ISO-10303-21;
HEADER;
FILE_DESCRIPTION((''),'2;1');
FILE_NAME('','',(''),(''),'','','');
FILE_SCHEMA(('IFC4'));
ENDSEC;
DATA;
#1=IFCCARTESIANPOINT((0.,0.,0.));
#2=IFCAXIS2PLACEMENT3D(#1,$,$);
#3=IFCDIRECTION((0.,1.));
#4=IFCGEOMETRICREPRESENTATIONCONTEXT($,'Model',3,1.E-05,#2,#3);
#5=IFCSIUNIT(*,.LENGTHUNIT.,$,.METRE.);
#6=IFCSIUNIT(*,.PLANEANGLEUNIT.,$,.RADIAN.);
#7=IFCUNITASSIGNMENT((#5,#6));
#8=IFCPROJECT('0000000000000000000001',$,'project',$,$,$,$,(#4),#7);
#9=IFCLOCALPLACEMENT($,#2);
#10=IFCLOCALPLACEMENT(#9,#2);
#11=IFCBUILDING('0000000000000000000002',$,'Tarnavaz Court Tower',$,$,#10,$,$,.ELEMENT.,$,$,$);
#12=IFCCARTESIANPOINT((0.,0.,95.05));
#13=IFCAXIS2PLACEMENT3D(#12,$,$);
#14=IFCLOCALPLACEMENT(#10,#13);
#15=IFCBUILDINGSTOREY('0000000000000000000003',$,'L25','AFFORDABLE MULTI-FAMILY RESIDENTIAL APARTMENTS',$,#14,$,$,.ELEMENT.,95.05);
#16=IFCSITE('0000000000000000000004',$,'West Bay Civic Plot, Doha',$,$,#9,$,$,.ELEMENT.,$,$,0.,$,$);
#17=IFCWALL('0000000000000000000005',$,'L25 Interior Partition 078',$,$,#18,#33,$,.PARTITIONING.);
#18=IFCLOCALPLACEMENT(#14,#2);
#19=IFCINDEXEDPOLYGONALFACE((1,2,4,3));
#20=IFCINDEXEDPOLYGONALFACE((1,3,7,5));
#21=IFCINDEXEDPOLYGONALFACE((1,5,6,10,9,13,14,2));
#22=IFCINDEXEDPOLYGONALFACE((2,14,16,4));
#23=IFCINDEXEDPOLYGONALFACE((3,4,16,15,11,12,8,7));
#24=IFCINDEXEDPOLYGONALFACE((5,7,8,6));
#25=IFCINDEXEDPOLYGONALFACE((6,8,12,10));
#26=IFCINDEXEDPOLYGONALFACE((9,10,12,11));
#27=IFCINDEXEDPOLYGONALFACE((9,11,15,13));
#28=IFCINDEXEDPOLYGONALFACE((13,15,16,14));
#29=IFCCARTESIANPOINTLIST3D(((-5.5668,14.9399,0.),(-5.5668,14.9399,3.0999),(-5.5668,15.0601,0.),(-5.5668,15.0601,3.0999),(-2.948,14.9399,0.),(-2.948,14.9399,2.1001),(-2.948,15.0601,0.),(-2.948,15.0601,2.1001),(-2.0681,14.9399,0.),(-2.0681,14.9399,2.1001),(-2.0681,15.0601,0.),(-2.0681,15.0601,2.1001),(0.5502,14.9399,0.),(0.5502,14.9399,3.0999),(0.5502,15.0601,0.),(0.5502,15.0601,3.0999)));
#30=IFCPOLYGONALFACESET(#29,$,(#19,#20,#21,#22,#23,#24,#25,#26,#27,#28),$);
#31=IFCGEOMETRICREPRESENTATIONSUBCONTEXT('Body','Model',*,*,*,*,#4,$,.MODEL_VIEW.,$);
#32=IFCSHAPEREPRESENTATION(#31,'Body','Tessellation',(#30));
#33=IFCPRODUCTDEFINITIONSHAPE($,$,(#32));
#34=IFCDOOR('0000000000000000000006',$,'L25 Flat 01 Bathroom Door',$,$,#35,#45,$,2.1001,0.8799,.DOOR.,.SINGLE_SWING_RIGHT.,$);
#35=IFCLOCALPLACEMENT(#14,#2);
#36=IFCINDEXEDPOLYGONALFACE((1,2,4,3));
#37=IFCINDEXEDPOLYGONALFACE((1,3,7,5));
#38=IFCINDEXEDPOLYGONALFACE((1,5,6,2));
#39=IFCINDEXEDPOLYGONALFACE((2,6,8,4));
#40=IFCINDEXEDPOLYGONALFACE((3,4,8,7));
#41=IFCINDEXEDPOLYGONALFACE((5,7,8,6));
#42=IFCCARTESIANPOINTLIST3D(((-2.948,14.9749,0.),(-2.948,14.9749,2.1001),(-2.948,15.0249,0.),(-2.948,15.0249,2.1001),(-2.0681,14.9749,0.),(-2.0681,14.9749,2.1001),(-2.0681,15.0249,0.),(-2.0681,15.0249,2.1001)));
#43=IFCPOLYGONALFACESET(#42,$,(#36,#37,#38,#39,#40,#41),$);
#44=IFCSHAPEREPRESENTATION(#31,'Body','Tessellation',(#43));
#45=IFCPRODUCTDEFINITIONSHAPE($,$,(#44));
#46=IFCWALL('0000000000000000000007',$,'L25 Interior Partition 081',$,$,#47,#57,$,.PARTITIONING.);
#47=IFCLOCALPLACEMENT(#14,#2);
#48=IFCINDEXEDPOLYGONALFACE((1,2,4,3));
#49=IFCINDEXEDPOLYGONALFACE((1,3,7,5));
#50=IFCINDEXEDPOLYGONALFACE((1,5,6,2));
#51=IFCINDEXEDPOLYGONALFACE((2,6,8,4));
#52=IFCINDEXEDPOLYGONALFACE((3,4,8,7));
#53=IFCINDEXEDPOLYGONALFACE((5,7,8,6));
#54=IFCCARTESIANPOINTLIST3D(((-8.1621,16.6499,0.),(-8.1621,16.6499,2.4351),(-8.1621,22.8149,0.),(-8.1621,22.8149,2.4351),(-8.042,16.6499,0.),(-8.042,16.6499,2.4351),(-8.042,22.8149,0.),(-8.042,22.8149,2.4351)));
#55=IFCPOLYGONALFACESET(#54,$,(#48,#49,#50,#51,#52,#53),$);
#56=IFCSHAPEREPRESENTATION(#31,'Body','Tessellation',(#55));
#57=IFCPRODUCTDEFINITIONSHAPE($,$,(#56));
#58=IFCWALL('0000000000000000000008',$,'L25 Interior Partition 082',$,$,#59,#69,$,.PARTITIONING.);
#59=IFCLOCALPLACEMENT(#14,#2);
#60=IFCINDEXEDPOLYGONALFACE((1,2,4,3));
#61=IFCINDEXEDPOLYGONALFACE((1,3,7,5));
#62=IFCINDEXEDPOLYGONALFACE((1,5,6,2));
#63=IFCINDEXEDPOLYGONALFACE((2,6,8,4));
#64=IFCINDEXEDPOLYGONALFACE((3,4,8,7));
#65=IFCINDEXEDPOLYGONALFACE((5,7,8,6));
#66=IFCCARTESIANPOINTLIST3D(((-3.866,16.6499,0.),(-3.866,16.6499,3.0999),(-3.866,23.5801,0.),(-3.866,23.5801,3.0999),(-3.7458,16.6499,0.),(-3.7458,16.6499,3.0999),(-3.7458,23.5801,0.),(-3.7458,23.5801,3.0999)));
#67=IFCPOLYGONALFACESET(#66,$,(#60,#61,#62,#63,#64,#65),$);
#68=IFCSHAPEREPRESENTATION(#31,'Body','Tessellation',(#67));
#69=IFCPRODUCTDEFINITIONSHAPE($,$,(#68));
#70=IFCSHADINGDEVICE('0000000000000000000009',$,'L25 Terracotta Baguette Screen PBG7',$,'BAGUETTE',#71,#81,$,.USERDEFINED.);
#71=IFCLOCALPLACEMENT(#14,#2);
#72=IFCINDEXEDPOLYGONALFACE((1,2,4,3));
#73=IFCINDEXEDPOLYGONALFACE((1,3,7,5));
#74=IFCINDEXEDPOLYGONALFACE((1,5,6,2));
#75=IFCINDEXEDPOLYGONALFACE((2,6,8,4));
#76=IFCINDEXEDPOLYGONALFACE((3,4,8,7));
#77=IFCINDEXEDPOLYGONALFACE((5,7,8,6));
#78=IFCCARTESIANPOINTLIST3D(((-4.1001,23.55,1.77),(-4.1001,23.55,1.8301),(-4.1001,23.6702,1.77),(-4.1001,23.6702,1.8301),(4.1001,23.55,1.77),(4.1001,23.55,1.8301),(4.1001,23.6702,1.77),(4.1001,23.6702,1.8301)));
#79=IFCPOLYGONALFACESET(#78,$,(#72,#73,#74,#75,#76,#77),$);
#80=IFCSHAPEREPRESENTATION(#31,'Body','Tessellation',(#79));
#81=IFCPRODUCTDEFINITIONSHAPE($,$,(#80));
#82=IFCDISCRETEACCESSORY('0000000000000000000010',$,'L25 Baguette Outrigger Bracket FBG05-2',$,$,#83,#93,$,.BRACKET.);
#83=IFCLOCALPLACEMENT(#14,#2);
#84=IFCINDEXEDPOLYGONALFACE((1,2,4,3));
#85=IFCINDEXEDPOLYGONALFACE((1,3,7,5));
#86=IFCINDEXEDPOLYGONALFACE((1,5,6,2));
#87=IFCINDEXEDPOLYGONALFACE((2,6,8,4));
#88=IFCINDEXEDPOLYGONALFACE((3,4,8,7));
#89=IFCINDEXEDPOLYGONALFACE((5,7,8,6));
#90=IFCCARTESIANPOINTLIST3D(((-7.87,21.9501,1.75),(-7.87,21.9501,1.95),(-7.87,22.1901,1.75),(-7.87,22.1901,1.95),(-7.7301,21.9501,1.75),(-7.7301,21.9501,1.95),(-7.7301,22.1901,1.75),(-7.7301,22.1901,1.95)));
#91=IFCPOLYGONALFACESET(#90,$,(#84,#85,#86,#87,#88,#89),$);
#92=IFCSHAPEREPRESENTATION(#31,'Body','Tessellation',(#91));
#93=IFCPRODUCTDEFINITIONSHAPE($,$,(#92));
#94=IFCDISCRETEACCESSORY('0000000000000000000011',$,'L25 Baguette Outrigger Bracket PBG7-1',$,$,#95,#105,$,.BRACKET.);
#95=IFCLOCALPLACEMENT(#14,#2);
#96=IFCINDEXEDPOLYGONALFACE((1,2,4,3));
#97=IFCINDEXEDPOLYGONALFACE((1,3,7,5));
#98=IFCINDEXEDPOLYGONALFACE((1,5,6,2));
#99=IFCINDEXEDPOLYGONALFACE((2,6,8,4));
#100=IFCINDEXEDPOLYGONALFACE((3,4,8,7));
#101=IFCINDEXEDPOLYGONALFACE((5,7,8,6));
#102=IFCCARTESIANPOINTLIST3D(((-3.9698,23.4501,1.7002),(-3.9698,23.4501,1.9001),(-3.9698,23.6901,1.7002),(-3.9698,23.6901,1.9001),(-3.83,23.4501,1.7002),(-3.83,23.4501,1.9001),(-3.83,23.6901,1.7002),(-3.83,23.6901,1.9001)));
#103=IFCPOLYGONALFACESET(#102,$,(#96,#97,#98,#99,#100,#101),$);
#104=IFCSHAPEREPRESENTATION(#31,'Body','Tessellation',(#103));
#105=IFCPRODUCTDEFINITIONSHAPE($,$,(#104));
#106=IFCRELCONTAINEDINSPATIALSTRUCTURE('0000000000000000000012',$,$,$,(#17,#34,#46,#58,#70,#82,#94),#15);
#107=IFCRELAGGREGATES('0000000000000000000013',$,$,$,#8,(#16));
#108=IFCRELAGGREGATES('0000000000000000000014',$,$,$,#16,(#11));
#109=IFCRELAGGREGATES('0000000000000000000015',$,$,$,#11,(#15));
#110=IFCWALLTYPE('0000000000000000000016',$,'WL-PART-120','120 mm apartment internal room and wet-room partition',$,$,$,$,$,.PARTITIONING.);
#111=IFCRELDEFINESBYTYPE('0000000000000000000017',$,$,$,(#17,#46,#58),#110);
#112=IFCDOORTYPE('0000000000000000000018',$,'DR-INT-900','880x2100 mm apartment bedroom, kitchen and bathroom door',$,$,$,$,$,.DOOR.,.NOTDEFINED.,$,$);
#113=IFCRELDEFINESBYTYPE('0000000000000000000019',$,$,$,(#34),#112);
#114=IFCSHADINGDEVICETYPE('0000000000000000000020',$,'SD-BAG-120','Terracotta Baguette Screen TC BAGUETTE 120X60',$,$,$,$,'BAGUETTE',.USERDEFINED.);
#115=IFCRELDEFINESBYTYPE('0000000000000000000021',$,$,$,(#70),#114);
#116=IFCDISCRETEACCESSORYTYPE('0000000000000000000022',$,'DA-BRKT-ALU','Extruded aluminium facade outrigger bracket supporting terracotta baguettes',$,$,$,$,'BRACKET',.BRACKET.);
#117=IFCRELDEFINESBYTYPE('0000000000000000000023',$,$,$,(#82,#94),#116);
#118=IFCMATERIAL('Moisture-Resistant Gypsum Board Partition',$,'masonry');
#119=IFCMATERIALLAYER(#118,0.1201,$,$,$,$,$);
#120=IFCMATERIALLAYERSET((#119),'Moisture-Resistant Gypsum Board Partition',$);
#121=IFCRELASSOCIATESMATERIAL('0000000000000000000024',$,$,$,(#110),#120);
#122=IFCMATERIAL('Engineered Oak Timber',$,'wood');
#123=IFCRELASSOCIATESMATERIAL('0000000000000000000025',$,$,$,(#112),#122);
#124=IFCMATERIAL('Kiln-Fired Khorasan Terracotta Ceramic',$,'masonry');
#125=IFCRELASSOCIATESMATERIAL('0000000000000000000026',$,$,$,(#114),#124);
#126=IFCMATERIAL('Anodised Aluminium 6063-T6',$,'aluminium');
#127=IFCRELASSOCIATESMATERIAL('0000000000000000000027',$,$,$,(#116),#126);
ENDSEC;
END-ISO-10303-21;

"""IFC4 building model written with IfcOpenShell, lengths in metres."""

from ifc_helpers import new_model, si_unit, direction, frame, frame_2d, origin, origin_2d, place, context, subcontext, project, spatial, rectangle, extrude, material, layer, layer_set, material_profile, profile_set, type_object, element, fill, save


model = new_model("IFC4")

# Units and contexts
model_context = context("Model", 3, precision=1e-05, world=origin(), true_north=direction((0.0, 1.0)))
body_context = subcontext(model_context, "Body", "Model", "MODEL_VIEW")
ifc_project = project(units=[si_unit("LENGTHUNIT", "METRE"), si_unit("PLANEANGLEUNIT", "RADIAN")], contexts=[model_context])

# Site, building, storey
site_placement = place(None, origin())
site = spatial("IfcSite", under=ifc_project, at=site_placement, Name="West Bay Civic Plot, Doha", CompositionType="ELEMENT", RefElevation=0.0)
building_placement = place(site_placement, origin())
building = spatial("IfcBuilding", under=site, at=building_placement, Name="Tarnavaz Court Tower", CompositionType="ELEMENT")
storey_placement = place(building_placement, frame((0.0, 0.0, 95.05)))
storey = spatial("IfcBuildingStorey", under=building, at=storey_placement, Name="L25", Description="AFFORDABLE MULTI-FAMILY RESIDENTIAL APARTMENTS", CompositionType="ELEMENT", Elevation=95.05)

# Shared definitions
ifc_material_1 = material(Name="Anodised Aluminium 6063-T6", Category="aluminium")

# Wall, opening, door
ifc_material_2 = material(Name="Moisture-Resistant Gypsum Board Partition", Category="masonry")
ifc_layer_1 = layer(ifc_material_2, 0.1201)
ifc_layer_set_1 = layer_set([ifc_layer_1], Name="Moisture-Resistant Gypsum Board Partition")
wall_type_1 = type_object("IfcWallType", Name="WL-PART-120", Description="120 mm apartment internal room and wet-room partition", PredefinedType="PARTITIONING", material=ifc_layer_set_1)
ifc_material_3 = material(Name="Engineered Oak Timber", Category="wood")
door_type = type_object("IfcDoorType", Name="DR-INT-900", Description="880x2100 mm apartment bedroom, kitchen and bathroom door", OperationType="NOTDEFINED", PredefinedType="DOOR", material=ifc_material_3)
wall_1_placement = place(storey_placement, frame((-5.5669, 15.0, 0.0), z_axis=(0.0, 0.0, 1.0), x_axis=(1.0, 0.0, 0.0)))
wall_1 = element("IfcWall", 1, at=wall_1_placement, inside=storey, type_object=wall_type_1, Name="L25 Interior Partition 078", PredefinedType="PARTITIONING", context=body_context, shape_type="SweptSolid", body=[
    extrude(rectangle(XDim=6.1169, YDim=0.1201, at=frame_2d((3.0586, 0.0))), origin(), (0.0, 0.0, 1.0), 3.0999),
])
opening_1_placement = place(wall_1_placement, frame((2.6189, 0.0, 0.0)))
opening_1 = element("IfcOpeningElement", 2, at=opening_1_placement, cuts=wall_1, PredefinedType="OPENING", context=body_context, shape_type="SweptSolid", body=[
    extrude(rectangle(XDim=0.8799, YDim=2.1001, at=frame_2d((0.4399, 1.05))), frame((0.0, 0.0701, 0.0), z_axis=(0.0, -1.0, 0.0), x_axis=(1.0, 0.0, 0.0)), (0.0, 0.0, 1.0), 0.1401),
])
door_1_placement = place(opening_1_placement, origin())
door_1 = element("IfcDoor", 3, at=door_1_placement, inside=storey, type_object=door_type, Name="L25 Flat 01 Bathroom Door", OperationType="SINGLE_SWING_RIGHT", OverallHeight=2.1001, OverallWidth=0.8799, PredefinedType="DOOR", context=body_context, shape_type="SweptSolid", body=[
    extrude(rectangle(XDim=0.8799, YDim=2.1001, at=frame_2d((0.4399, 1.05))), frame((0.0, 0.0249, 0.0), z_axis=(0.0, -1.0, 0.0), x_axis=(1.0, 0.0, 0.0)), (0.0, 0.0, 1.0), 0.05),
])
fill(opening_1, door_1)

# Walls
wall_2_placement = place(storey_placement, frame((-8.1021, 16.6499, 0.0), z_axis=(0.0, 0.0, 1.0), x_axis=(0.0, 1.0, 0.0)))
element("IfcWall", 4, at=wall_2_placement, inside=storey, type_object=wall_type_1, Name="L25 Interior Partition 081", PredefinedType="PARTITIONING", context=body_context, shape_type="SweptSolid", body=[
    extrude(rectangle(XDim=6.165, YDim=0.1201, at=frame_2d((3.0825, 0.0))), origin(), (0.0, 0.0, 1.0), 2.4351),
])
wall_3_placement = place(storey_placement, frame((-3.8059, 16.6499, 0.0), z_axis=(0.0, 0.0, 1.0), x_axis=(0.0, 1.0, 0.0)))
element("IfcWall", 5, at=wall_3_placement, inside=storey, type_object=wall_type_1, Name="L25 Interior Partition 082", PredefinedType="PARTITIONING", context=body_context, shape_type="SweptSolid", body=[
    extrude(rectangle(XDim=6.9302, YDim=0.1201, at=frame_2d((3.4651, 0.0))), origin(), (0.0, 0.0, 1.0), 3.0999),
])

# Shading device
ifc_material_4 = material(Name="Kiln-Fired Khorasan Terracotta Ceramic", Category="masonry")
ifc_material_profile_1 = material_profile(ifc_material_4, rectangle(XDim=0.1201, YDim=0.0601, at=origin_2d()), Name="TC BAGUETTE 120X60")
ifc_profile_set_1 = profile_set([ifc_material_profile_1], Name="Kiln-Fired Khorasan Terracotta Ceramic")
shading_device_type = type_object("IfcShadingDeviceType", Name="SD-BAG-120", Description="Terracotta Baguette Screen TC BAGUETTE 120X60", ElementType="BAGUETTE", PredefinedType="USERDEFINED", material=ifc_profile_set_1)
shading_device_placement = place(storey_placement, frame((-4.1001, 23.6101, 1.8), z_axis=(1.0, 0.0, 0.0), x_axis=(0.0, 1.0, 0.0)))
element("IfcShadingDevice", 6, at=shading_device_placement, inside=storey, type_object=shading_device_type, Name="L25 Terracotta Baguette Screen PBG7", ObjectType="BAGUETTE", PredefinedType="USERDEFINED", context=body_context, shape_type="SweptSolid", body=[
    extrude(rectangle(XDim=0.1201, YDim=0.0601, at=origin_2d()), origin(), (0.0, 0.0, 1.0), 8.2002),
])

# Discrete accessories
discrete_accessory_type = type_object("IfcDiscreteAccessoryType", Name="DA-BRKT-ALU", Description="Extruded aluminium facade outrigger bracket supporting terracotta baguettes", ElementType="BRACKET", PredefinedType="BRACKET", material=ifc_material_1)
for number, where, z_axis, x_axis, name in (
    (7, (-7.8, 22.0701, 1.75), (0.0, 0.0, 1.0), (1.0, 0.0, 0.0), "L25 Baguette Outrigger Bracket FBG05-2"),
    (8, (-3.8999, 23.5701, 1.7002), (0.0, 0.0, 1.0), (1.0, 0.0, 0.0), "L25 Baguette Outrigger Bracket PBG7-1"),
):
    element("IfcDiscreteAccessory", number, at=place(storey_placement, frame(where, z_axis=z_axis, x_axis=x_axis)), inside=storey, type_object=discrete_accessory_type, Name=name, PredefinedType="BRACKET", context=body_context, shape_type="SweptSolid", body=[
        extrude(rectangle(XDim=0.1399, YDim=0.24, at=origin_2d()), origin(), (0.0, 0.0, 1.0), 0.2),
    ])

save(model, "model.ifc")
